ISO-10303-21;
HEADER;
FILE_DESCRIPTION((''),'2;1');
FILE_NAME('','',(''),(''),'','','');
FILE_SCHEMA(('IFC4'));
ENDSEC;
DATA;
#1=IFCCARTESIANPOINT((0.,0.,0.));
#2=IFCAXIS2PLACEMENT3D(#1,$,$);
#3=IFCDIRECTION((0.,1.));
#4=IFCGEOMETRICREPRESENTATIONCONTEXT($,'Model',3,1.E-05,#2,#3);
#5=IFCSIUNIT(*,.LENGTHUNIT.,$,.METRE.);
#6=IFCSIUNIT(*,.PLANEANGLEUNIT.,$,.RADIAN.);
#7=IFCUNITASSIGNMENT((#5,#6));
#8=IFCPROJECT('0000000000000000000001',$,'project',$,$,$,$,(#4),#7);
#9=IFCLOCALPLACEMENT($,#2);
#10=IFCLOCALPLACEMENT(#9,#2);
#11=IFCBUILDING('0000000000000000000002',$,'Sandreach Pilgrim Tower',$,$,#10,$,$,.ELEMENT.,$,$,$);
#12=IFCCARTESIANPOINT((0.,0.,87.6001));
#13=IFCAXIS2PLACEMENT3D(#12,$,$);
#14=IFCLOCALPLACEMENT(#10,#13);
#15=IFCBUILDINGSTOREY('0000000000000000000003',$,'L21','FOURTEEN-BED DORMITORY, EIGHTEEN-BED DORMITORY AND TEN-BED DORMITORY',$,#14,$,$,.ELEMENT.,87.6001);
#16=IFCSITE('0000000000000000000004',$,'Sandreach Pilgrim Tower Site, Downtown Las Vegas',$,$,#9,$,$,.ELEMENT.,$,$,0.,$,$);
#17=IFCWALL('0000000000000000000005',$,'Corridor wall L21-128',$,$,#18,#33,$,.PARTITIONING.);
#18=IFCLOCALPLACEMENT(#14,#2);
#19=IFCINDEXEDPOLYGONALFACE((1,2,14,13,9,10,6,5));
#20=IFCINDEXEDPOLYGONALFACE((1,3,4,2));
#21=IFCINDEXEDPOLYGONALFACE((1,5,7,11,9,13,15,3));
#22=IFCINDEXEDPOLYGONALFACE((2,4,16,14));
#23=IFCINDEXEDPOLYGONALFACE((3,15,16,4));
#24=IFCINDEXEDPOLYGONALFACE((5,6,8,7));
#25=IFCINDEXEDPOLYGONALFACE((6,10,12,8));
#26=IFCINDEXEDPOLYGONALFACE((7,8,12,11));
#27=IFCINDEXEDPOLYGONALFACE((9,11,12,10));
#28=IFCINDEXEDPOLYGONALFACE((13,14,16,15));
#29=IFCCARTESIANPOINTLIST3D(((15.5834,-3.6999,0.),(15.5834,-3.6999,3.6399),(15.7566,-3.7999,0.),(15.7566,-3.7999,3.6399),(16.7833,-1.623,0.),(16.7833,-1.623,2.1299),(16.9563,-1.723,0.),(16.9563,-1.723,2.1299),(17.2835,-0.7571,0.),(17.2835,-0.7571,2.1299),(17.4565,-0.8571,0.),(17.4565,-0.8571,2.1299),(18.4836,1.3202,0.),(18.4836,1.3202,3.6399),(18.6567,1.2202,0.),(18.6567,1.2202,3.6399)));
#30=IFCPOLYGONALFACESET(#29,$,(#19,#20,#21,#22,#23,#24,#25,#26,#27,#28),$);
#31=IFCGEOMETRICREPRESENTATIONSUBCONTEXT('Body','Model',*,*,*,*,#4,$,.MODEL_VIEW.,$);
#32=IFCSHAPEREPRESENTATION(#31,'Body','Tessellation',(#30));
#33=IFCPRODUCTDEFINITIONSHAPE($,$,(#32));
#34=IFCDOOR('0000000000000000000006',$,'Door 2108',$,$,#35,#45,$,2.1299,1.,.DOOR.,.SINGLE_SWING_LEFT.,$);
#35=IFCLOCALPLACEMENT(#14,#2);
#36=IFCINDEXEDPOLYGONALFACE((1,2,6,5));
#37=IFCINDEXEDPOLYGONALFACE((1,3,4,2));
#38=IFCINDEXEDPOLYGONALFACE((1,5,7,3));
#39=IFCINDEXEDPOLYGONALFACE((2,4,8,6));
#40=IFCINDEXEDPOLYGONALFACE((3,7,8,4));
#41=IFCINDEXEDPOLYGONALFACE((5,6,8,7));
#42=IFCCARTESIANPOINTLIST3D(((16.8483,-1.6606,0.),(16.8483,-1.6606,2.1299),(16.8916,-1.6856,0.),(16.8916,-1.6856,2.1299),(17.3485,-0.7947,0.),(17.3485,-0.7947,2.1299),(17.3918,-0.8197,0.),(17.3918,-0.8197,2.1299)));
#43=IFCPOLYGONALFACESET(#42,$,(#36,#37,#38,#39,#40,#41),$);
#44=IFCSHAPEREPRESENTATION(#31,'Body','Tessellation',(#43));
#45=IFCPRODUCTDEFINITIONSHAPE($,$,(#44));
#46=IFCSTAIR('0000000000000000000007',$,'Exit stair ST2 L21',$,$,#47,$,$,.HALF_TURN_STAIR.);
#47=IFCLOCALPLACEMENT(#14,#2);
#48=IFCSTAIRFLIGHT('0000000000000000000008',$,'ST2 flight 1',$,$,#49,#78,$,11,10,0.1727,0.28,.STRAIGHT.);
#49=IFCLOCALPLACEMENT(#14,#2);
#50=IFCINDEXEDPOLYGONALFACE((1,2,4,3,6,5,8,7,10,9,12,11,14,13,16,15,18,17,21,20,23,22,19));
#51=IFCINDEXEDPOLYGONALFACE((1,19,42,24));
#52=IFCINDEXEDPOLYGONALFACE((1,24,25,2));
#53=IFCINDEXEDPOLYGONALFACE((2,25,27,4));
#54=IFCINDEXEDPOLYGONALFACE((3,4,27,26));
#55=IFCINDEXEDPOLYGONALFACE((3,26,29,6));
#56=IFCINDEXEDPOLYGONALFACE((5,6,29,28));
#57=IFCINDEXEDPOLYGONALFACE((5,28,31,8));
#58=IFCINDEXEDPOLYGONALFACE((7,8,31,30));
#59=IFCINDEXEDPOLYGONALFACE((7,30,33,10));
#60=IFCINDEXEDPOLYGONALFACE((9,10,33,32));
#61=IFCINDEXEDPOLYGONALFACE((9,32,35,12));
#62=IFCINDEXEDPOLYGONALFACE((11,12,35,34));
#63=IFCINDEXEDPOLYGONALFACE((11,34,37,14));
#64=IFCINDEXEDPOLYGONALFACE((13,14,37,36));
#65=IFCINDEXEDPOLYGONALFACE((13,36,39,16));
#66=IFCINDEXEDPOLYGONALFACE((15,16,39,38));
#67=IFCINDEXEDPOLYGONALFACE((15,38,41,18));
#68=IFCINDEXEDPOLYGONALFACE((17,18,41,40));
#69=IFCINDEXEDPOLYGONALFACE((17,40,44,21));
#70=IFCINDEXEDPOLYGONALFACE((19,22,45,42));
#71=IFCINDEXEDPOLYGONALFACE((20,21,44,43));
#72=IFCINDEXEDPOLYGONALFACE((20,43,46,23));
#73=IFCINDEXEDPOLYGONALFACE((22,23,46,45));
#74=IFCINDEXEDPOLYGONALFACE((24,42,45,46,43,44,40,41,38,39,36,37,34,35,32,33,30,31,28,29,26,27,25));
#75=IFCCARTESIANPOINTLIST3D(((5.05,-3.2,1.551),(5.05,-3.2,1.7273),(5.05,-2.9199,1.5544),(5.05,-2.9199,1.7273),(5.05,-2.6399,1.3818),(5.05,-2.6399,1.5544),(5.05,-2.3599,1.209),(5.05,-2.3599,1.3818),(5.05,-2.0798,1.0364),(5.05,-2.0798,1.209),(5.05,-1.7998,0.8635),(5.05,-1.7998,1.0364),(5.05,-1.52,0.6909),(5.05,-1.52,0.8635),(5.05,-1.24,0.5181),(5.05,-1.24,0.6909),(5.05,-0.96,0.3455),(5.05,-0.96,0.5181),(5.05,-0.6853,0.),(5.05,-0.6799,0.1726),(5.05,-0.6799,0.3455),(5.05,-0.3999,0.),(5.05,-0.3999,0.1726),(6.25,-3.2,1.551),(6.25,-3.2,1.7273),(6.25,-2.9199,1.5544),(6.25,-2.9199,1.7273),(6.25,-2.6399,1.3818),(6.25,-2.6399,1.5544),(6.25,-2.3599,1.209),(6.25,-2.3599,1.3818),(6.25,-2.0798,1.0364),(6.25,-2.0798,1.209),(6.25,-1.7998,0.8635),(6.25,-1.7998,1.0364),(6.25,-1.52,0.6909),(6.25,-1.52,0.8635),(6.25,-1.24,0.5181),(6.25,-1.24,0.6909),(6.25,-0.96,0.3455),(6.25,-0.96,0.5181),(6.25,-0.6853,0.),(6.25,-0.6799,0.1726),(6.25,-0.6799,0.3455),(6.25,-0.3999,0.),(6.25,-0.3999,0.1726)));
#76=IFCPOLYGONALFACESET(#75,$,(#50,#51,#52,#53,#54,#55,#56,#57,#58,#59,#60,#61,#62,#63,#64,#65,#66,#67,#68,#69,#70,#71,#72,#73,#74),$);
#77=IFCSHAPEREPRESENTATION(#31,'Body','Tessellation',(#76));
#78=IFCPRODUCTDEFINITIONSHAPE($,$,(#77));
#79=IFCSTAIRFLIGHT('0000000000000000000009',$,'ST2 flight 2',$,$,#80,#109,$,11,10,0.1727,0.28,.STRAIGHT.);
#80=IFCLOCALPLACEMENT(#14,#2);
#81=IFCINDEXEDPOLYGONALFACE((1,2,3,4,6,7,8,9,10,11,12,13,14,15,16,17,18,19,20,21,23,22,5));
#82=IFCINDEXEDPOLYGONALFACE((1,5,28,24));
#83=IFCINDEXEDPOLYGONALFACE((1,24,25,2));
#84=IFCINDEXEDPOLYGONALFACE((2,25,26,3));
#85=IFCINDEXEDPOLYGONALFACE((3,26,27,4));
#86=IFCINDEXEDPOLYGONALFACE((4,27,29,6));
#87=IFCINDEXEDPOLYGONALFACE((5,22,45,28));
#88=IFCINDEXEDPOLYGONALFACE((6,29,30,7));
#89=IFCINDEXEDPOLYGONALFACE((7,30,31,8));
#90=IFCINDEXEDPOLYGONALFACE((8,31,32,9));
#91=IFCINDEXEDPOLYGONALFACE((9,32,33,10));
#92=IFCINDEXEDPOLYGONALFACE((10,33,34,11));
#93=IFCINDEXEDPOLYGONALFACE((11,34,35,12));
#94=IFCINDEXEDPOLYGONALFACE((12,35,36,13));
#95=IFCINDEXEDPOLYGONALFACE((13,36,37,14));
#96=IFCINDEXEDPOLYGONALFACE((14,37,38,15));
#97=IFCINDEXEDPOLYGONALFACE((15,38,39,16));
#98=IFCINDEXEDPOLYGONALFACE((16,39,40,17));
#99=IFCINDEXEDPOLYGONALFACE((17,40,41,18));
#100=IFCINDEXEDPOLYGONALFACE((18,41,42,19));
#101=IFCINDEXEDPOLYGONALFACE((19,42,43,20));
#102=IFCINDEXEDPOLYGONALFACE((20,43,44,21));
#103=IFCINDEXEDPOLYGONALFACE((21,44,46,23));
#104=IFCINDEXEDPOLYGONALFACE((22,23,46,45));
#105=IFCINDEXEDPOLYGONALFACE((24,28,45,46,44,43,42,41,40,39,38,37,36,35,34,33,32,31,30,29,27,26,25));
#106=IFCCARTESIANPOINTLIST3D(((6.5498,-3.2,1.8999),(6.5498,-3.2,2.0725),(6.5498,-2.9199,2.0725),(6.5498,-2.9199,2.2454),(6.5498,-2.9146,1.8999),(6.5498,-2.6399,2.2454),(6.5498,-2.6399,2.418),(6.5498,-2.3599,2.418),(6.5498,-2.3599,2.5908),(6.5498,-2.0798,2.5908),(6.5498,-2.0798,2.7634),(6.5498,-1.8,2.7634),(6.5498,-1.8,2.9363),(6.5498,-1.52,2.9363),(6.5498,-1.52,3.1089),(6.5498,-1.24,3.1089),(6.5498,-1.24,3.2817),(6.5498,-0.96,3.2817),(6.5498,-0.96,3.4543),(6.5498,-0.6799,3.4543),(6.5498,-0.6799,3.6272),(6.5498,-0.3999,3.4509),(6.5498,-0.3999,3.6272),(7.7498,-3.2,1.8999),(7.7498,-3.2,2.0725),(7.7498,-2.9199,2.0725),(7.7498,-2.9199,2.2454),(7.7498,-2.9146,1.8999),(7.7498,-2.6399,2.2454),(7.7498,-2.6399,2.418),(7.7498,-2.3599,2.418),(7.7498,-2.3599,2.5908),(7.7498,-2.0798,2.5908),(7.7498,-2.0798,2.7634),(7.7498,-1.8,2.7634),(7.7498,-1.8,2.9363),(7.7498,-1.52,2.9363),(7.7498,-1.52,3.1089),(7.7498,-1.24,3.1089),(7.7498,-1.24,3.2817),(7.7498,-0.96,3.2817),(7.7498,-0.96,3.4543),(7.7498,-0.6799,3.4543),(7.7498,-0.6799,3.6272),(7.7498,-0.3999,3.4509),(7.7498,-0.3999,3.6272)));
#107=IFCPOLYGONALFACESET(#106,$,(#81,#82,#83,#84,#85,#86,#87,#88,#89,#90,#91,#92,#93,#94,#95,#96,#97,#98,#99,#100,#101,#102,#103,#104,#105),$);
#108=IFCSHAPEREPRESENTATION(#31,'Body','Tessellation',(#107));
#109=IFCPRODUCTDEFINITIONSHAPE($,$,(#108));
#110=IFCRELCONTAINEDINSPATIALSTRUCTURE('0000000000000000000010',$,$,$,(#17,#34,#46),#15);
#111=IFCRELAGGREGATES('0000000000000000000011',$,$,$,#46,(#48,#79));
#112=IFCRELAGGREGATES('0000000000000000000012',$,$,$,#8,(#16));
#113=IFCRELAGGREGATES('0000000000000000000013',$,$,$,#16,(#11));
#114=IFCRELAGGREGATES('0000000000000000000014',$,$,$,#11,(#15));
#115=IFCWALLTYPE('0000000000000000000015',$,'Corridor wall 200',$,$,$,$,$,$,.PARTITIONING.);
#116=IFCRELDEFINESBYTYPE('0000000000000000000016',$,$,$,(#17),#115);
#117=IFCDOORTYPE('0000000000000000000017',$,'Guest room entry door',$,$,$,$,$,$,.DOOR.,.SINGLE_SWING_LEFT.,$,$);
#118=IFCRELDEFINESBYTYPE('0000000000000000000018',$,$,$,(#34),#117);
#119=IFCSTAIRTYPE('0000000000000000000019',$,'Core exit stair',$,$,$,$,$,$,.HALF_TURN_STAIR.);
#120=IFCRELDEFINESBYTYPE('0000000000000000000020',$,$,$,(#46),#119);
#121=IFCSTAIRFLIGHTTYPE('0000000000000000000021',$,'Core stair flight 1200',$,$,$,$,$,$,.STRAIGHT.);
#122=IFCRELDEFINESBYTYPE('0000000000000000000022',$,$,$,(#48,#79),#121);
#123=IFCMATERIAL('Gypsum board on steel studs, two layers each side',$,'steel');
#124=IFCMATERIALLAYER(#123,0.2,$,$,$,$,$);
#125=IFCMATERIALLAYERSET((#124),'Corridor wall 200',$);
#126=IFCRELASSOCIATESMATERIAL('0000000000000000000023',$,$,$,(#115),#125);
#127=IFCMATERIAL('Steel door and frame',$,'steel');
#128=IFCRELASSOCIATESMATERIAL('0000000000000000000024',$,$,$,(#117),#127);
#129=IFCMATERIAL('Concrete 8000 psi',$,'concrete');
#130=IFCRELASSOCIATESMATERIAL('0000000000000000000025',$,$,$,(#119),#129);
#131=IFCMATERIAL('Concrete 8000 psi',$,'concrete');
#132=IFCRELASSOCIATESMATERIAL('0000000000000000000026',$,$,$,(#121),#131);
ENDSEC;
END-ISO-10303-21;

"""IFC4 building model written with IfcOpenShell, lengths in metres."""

from ifc_helpers import new_model, si_unit, direction, frame, frame_2d, origin, place, context, subcontext, project, spatial, polyline, rectangle, outline, extrude, material, layer, layer_set, type_object, element, fill, aggregate, save


model = new_model("IFC4")

# Units and contexts
model_context = context("Model", 3, precision=1e-05, world=origin(), true_north=direction((0.0, 1.0)))
body_context = subcontext(model_context, "Body", "Model", "MODEL_VIEW")
ifc_project = project(units=[si_unit("LENGTHUNIT", "METRE"), si_unit("PLANEANGLEUNIT", "RADIAN")], contexts=[model_context])

# Site, building, storey
site_placement = place(None, origin())
site = spatial("IfcSite", under=ifc_project, at=site_placement, Name="Sandreach Pilgrim Tower Site, Downtown Las Vegas", CompositionType="ELEMENT", RefElevation=0.0)
building_placement = place(site_placement, origin())
building = spatial("IfcBuilding", under=site, at=building_placement, Name="Sandreach Pilgrim Tower", CompositionType="ELEMENT")
storey_placement = place(building_placement, frame((0.0, 0.0, 87.6001)))
storey = spatial("IfcBuildingStorey", under=building, at=storey_placement, Name="L21", Description="FOURTEEN-BED DORMITORY, EIGHTEEN-BED DORMITORY AND TEN-BED DORMITORY", CompositionType="ELEMENT", Elevation=87.6001)

# Wall, opening, door
ifc_material_1 = material(Name="Gypsum board on steel studs, two layers each side", Category="steel")
ifc_layer_1 = layer(ifc_material_1, 0.2)
ifc_layer_set_1 = layer_set([ifc_layer_1], Name="Corridor wall 200")
wall_type_1 = type_object("IfcWallType", Name="Corridor wall 200", PredefinedType="PARTITIONING", material=ifc_layer_set_1)
ifc_material_2 = material(Name="Steel door and frame", Category="steel")
door_type_1 = type_object("IfcDoorType", Name="Guest room entry door", OperationType="SINGLE_SWING_LEFT", PredefinedType="DOOR", material=ifc_material_2)
wall_1_placement = place(storey_placement, frame((15.6699, -3.75, 0.0), z_axis=(0.0, 0.0, 1.0), x_axis=(0.500238, 0.865888, 0.0)))
wall_1 = element("IfcWall", 1, at=wall_1_placement, inside=storey, type_object=wall_type_1, Name="Corridor wall L21-128", PredefinedType="PARTITIONING", context=body_context, shape_type="SweptSolid", body=[
    extrude(rectangle(XDim=5.7976, YDim=0.2, at=frame_2d((2.8989, 0.0))), origin(), (0.0, 0.0, 1.0), 3.6399),
])
opening_1_placement = place(wall_1_placement, frame((2.3987, 0.0, 0.0)))
opening_1 = element("IfcOpeningElement", 2, at=opening_1_placement, cuts=wall_1, PredefinedType="OPENING", context=body_context, shape_type="SweptSolid", body=[
    extrude(rectangle(XDim=1.0, YDim=2.1299, at=frame_2d((0.5, 1.0649))), frame((0.0, 0.1001, 0.0), z_axis=(0.0, -1.0, 0.0), x_axis=(1.0, 0.0, 0.0)), (0.0, 0.0, 1.0), 0.2),
])
door_1_placement = place(opening_1_placement, origin())
door_1 = element("IfcDoor", 3, at=door_1_placement, inside=storey, type_object=door_type_1, Name="Door 2108", OperationType="SINGLE_SWING_LEFT", OverallHeight=2.1299, OverallWidth=1.0, PredefinedType="DOOR", context=body_context, shape_type="SweptSolid", body=[
    extrude(rectangle(XDim=1.0, YDim=2.1299, at=frame_2d((0.5, 1.0649))), frame((0.0, 0.0249, 0.0), z_axis=(0.0, -1.0, 0.0), x_axis=(1.0, 0.0, 0.0)), (0.0, 0.0, 1.0), 0.05),
])
fill(opening_1, door_1)

# Stair, stair flights
ifc_material_3 = material(Name="Concrete 8000 psi", Category="concrete")
stair_type = type_object("IfcStairType", Name="Core exit stair", PredefinedType="HALF_TURN_STAIR", material=ifc_material_3)
stair_placement = place(storey_placement, origin())
stair = element("IfcStair", 4, at=stair_placement, inside=storey, type_object=stair_type, Name="Exit stair ST2 L21", PredefinedType="HALF_TURN_STAIR")
ifc_material_4 = material(Name="Concrete 8000 psi", Category="concrete")
stair_flight_type = type_object("IfcStairFlightType", Name="Core stair flight 1200", PredefinedType="STRAIGHT", material=ifc_material_4)
stair_flight_1_placement = place(storey_placement, frame((5.6499, -0.3999, 0.0), z_axis=(0.0, 0.0, 1.0), x_axis=(0.0, -1.0, 0.0)))
stair_flight_1 = element("IfcStairFlight", 5, at=stair_flight_1_placement, type_object=stair_flight_type, Name="ST2 flight 1", NumberOfRisers=11, NumberOfTreads=10, PredefinedType="STRAIGHT", RiserHeight=0.1727, TreadLength=0.28, context=body_context, shape_type="SweptSolid", body=[
    extrude(outline(polyline([(0.0, 0.0), (0.0, 0.1726), (0.28, 0.1726), (0.28, 0.3455), (0.5601, 0.3455), (0.5601, 0.5181), (0.8401, 0.5181), (0.8401, 0.6909), (1.1201, 0.6909), (1.1201, 0.8635), (1.3999, 0.8635), (1.3999, 1.0364), (1.6799, 1.0364), (1.6799, 1.209), (1.96, 1.209), (1.96, 1.3818), (2.24, 1.3818), (2.24, 1.5544), (2.52, 1.5544), (2.52, 1.7273), (2.8, 1.7273), (2.8, 1.8999), (2.8, 1.551), (0.2854, 0.0), (0.0, 0.0)])), frame((0.0, 0.6001, 0.0), z_axis=(0.0, -1.0, 0.0), x_axis=(1.0, 0.0, 0.0)), (0.0, 0.0, 1.0), 1.2),
])
stair_flight_2_placement = place(storey_placement, frame((7.1499, -3.2, 1.8999), z_axis=(0.0, 0.0, 1.0), x_axis=(0.0, 1.0, 0.0)))
stair_flight_2 = element("IfcStairFlight", 6, at=stair_flight_2_placement, type_object=stair_flight_type, Name="ST2 flight 2", NumberOfRisers=11, NumberOfTreads=10, PredefinedType="STRAIGHT", RiserHeight=0.1727, TreadLength=0.28, context=body_context, shape_type="SweptSolid", body=[
    extrude(outline(polyline([(0.0, 0.0), (0.0, 0.1726), (0.28, 0.1726), (0.28, 0.3455), (0.5601, 0.3455), (0.5601, 0.5181), (0.8401, 0.5181), (0.8401, 0.6909), (1.1201, 0.6909), (1.1201, 0.8635), (1.3999, 0.8635), (1.3999, 1.0364), (1.6799, 1.0364), (1.6799, 1.209), (1.96, 1.209), (1.96, 1.3818), (2.24, 1.3818), (2.24, 1.5544), (2.52, 1.5544), (2.52, 1.7273), (2.8, 1.7273), (2.8, 1.8999), (2.8, 1.551), (0.2854, 0.0), (0.0, 0.0)])), frame((0.0, 0.6001, 0.0), z_axis=(0.0, -1.0, 0.0), x_axis=(1.0, 0.0, 0.0)), (0.0, 0.0, 1.0), 1.2),
])
aggregate(stair, [stair_flight_1, stair_flight_2])

save(model, "model.ifc")
